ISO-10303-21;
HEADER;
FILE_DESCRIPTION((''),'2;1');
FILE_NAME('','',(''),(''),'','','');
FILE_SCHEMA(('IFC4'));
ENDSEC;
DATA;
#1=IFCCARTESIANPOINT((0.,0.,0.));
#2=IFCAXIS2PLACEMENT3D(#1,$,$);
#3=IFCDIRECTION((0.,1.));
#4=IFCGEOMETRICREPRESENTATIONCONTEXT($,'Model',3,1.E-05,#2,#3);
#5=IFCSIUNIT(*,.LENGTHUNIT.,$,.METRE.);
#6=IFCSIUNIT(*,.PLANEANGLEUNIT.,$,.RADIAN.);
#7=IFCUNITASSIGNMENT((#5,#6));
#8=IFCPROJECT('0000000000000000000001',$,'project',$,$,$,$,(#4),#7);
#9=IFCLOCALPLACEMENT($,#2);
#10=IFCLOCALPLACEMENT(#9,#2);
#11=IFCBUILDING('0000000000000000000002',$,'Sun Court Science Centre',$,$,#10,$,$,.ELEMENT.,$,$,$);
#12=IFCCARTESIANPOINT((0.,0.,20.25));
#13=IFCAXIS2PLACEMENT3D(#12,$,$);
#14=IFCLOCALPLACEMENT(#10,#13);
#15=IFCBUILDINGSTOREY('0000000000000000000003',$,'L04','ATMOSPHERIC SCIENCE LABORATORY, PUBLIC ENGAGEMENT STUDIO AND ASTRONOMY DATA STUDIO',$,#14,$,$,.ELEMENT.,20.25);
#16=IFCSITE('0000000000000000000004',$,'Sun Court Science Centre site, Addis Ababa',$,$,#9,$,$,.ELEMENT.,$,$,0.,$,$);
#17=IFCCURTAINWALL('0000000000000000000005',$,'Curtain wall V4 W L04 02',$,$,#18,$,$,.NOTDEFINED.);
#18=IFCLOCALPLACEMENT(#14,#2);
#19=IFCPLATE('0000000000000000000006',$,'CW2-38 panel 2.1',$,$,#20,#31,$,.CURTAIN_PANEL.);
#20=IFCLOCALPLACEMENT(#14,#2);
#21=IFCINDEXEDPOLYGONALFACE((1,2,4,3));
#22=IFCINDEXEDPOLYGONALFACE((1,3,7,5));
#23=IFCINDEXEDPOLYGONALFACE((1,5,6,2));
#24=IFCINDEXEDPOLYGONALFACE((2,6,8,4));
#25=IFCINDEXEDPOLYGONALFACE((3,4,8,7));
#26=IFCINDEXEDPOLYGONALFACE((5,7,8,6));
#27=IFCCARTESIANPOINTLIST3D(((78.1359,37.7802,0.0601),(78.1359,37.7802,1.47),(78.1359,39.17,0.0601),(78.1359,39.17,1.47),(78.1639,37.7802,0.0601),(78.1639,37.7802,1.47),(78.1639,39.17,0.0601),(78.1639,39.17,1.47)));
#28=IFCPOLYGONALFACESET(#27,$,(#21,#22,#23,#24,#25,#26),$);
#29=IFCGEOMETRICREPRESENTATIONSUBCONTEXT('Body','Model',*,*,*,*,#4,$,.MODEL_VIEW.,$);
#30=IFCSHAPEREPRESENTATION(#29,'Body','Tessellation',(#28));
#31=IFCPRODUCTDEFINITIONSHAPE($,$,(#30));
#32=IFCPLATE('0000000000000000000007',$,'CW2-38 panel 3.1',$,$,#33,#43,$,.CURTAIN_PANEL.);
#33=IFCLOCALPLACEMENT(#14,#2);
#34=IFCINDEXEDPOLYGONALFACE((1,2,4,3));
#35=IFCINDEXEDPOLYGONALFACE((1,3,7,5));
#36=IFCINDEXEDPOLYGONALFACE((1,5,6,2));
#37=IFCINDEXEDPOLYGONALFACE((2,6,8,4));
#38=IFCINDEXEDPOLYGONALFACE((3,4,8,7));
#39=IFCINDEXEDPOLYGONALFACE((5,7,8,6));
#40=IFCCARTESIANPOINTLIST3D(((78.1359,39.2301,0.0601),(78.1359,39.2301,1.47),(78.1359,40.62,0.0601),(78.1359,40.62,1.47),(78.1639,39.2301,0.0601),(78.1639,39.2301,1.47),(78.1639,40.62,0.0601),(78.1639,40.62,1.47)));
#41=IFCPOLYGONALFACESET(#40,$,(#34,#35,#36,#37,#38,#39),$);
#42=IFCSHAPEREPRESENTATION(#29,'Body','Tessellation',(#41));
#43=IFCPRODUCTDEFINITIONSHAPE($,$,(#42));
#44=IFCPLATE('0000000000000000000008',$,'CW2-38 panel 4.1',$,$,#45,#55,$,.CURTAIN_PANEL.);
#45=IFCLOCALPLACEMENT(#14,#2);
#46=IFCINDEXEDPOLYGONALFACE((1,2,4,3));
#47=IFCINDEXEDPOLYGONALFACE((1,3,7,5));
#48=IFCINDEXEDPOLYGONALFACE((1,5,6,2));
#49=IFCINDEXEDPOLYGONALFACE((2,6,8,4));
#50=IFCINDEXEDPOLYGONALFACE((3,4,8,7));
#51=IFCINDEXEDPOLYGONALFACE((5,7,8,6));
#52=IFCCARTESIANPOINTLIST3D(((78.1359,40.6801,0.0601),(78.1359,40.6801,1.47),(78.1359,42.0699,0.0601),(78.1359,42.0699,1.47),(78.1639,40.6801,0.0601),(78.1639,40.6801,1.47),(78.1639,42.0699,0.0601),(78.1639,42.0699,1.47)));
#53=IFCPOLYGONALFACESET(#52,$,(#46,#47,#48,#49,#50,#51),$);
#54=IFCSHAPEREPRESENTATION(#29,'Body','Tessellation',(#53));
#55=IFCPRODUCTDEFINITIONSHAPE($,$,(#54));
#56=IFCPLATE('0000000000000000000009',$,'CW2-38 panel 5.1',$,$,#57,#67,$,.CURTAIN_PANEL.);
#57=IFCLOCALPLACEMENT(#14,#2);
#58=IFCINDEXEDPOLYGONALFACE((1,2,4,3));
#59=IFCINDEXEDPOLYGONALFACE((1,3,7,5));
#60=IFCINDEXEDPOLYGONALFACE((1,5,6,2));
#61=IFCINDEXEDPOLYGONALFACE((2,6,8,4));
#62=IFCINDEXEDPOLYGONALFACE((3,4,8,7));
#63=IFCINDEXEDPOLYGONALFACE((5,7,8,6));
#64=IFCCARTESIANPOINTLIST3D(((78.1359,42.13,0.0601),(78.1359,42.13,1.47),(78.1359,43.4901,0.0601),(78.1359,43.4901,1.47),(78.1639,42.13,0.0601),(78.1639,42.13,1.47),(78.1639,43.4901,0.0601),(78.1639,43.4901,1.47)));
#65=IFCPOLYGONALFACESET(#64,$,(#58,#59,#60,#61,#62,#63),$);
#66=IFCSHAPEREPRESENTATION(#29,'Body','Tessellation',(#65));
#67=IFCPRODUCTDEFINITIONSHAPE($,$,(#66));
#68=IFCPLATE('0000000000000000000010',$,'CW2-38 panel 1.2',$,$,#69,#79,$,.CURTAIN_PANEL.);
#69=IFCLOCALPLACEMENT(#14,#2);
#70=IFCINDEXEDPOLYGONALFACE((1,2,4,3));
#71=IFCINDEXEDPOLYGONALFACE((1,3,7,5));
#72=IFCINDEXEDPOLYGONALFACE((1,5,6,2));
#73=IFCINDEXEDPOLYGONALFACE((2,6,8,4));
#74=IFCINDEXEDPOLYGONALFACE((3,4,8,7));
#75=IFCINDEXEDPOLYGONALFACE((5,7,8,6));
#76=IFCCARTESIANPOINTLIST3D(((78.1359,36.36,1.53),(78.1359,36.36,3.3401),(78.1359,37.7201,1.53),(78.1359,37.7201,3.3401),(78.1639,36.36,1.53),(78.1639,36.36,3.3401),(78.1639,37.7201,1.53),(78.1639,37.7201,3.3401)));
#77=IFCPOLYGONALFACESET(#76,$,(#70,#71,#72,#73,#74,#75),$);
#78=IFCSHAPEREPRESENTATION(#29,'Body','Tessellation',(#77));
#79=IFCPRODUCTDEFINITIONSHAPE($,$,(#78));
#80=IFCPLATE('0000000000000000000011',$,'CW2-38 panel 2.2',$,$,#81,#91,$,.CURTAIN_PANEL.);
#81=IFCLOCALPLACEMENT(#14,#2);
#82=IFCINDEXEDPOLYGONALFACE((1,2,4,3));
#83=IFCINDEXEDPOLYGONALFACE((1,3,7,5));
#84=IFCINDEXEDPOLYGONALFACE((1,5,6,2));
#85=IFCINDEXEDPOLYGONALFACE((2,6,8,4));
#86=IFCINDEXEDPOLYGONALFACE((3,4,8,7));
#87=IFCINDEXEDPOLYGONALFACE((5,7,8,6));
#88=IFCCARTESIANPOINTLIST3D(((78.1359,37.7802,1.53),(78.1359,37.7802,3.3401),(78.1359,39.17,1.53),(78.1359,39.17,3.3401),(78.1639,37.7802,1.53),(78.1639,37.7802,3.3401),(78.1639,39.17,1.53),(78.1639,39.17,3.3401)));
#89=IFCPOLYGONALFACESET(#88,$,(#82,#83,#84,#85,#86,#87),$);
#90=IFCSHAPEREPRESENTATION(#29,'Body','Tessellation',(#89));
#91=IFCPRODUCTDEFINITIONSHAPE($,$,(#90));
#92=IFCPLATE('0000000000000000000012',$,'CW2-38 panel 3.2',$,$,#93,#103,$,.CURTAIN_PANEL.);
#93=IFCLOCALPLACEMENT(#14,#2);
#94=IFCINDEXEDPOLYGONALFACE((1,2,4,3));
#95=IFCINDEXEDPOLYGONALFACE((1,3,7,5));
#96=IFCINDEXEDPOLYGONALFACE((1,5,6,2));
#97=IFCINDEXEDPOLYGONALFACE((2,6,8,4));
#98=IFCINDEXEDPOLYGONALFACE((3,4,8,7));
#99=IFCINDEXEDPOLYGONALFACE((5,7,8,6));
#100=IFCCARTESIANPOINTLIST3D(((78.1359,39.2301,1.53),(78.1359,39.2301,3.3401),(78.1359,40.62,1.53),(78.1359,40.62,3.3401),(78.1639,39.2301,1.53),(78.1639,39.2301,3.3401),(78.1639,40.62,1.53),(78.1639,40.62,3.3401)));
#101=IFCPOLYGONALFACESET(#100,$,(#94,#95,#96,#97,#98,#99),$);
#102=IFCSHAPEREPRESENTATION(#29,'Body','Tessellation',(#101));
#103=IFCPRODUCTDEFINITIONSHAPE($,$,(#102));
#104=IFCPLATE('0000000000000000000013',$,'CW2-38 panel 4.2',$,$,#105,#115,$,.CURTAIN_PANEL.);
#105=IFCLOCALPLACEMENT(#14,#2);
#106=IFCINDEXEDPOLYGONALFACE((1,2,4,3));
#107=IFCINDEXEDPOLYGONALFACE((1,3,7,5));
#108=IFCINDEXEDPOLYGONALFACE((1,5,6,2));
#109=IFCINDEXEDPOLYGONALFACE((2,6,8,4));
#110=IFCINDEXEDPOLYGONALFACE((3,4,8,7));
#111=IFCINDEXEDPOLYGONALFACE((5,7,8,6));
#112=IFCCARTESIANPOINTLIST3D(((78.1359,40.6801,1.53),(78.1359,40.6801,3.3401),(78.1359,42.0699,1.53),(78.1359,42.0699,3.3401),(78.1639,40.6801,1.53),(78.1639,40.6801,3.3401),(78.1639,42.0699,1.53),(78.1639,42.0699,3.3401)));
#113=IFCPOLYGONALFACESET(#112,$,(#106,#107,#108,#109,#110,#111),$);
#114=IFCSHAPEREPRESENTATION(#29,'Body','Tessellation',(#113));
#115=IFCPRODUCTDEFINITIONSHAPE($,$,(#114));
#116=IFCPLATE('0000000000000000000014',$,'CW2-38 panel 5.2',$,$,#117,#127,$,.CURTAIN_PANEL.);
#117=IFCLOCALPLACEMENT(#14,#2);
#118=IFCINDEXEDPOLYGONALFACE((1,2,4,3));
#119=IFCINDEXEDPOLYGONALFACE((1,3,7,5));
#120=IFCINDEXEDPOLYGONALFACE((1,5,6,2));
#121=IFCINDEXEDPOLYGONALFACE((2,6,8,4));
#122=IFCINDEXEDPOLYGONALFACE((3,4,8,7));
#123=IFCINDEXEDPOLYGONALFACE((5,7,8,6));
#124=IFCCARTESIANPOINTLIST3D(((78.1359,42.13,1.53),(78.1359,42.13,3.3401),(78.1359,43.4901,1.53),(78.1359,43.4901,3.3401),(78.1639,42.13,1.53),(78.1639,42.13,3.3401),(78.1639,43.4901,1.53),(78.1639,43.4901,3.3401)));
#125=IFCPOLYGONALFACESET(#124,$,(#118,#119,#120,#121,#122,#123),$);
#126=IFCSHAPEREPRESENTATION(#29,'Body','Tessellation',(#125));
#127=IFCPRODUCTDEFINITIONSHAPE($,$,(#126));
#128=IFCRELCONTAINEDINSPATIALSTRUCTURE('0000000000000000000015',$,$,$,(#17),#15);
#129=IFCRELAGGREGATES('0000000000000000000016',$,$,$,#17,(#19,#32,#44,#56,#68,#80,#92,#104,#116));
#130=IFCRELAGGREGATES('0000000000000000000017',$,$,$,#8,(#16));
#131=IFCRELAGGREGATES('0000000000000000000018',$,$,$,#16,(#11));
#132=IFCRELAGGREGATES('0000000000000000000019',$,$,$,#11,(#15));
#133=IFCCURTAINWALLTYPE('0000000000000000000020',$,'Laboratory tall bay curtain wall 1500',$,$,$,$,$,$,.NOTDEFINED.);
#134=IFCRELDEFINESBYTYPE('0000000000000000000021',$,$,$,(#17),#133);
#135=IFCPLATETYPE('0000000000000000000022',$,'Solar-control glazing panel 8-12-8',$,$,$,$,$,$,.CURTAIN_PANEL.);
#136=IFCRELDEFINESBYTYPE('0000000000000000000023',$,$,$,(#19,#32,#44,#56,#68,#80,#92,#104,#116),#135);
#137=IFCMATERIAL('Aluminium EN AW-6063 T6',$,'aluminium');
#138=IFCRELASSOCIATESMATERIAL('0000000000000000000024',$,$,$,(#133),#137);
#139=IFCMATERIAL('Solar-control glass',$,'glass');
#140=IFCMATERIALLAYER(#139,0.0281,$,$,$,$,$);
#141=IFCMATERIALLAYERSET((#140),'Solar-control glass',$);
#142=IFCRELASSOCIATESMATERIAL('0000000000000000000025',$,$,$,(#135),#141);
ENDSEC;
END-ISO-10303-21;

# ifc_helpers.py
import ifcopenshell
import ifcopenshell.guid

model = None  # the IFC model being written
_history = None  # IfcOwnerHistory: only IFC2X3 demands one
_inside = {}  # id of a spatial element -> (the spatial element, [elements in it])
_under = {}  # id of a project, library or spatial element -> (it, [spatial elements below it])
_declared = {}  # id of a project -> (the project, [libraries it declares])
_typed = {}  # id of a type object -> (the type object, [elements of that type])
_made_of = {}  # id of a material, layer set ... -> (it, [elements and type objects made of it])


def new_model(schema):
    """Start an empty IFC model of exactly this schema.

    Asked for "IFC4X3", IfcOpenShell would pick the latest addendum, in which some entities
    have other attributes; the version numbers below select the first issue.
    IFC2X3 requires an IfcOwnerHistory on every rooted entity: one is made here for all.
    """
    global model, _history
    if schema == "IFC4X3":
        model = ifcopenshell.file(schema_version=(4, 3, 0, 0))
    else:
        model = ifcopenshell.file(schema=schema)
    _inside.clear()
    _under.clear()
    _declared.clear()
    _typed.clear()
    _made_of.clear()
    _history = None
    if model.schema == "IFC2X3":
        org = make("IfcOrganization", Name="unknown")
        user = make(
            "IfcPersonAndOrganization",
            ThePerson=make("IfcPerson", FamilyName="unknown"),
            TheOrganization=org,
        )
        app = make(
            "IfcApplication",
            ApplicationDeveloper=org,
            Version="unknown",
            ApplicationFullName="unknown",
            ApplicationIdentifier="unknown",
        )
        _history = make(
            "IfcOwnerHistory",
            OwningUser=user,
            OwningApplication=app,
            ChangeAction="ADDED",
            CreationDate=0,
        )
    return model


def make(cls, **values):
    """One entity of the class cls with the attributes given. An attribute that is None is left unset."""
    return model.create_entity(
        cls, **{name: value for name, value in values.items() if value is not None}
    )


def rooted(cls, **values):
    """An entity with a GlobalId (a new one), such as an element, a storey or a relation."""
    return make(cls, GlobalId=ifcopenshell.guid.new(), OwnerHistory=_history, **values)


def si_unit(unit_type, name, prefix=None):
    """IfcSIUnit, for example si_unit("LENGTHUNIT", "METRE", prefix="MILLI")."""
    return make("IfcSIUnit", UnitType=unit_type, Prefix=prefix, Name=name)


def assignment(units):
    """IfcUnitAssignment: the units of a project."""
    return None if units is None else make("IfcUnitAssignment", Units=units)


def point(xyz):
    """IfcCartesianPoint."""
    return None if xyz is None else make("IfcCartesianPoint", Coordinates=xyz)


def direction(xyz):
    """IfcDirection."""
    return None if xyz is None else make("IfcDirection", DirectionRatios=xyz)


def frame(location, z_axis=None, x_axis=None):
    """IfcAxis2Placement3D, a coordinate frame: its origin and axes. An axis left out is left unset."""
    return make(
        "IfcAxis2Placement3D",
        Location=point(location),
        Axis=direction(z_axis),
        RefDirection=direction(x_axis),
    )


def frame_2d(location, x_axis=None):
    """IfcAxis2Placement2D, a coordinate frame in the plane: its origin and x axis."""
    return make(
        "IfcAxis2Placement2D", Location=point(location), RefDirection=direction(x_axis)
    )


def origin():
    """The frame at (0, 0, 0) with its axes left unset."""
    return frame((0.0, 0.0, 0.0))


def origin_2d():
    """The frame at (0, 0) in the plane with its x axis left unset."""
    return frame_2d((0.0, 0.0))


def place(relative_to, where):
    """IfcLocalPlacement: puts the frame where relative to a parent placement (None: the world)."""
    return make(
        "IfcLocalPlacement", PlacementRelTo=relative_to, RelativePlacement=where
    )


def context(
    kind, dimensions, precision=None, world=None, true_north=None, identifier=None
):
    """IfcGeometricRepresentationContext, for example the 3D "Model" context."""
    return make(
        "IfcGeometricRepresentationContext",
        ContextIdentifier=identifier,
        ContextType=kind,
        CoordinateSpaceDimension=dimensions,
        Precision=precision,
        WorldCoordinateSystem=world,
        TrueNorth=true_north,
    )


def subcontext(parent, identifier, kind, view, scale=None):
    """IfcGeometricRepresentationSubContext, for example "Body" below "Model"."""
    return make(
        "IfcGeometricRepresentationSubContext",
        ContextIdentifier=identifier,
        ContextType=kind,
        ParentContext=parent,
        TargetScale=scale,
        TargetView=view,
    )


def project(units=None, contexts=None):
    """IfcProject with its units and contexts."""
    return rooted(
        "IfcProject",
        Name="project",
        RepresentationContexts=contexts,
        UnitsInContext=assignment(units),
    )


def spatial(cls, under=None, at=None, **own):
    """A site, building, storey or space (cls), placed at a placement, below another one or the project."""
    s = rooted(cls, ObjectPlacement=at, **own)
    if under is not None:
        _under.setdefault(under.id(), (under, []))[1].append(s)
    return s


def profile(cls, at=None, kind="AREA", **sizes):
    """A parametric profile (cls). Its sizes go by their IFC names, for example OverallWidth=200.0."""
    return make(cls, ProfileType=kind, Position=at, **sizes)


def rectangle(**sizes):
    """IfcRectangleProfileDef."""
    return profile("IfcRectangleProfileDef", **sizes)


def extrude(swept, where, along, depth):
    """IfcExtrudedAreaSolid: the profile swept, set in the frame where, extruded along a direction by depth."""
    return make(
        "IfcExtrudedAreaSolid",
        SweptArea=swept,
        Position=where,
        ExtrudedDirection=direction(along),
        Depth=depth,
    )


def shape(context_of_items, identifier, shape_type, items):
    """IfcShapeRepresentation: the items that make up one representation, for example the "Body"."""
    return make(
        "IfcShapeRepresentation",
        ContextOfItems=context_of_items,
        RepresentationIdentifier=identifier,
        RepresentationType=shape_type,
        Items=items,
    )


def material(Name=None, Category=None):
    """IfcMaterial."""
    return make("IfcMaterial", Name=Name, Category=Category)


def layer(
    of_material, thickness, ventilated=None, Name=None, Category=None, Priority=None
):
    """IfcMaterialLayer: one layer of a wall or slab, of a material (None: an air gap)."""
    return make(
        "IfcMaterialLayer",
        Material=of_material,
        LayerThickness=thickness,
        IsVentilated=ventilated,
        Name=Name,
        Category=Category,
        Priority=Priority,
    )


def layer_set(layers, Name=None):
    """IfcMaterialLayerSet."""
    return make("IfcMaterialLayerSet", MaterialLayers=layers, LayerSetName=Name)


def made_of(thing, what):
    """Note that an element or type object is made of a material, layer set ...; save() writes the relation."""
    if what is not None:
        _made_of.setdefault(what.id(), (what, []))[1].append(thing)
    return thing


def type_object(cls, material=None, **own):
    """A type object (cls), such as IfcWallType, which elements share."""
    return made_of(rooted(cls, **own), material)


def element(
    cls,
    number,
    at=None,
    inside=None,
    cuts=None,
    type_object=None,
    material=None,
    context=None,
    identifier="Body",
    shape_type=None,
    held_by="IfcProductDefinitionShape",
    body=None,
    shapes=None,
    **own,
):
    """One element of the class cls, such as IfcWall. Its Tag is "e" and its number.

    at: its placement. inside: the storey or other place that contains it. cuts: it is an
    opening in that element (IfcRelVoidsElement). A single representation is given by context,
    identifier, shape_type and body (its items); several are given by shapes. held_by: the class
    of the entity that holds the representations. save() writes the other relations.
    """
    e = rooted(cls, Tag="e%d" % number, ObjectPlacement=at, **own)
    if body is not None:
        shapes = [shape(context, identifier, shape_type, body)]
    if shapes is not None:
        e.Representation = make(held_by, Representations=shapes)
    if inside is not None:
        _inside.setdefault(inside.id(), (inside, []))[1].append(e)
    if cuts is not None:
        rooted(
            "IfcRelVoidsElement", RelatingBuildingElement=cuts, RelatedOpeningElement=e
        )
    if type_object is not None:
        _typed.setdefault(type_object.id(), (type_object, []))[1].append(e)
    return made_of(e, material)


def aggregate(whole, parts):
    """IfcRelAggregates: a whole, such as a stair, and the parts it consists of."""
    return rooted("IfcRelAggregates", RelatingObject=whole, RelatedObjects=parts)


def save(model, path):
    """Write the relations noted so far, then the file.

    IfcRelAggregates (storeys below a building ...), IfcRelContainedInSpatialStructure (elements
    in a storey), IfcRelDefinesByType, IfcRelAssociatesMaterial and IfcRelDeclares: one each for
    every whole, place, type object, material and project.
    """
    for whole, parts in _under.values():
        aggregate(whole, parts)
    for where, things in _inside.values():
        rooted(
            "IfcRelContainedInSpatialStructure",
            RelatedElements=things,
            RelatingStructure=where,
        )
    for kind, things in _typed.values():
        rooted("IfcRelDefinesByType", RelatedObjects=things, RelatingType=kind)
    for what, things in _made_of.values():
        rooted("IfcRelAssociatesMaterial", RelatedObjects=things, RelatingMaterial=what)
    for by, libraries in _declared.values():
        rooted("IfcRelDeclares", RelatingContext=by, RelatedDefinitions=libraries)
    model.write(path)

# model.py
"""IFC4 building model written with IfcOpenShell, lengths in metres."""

from ifc_helpers import new_model, si_unit, direction, frame, origin, origin_2d, place, context, subcontext, project, spatial, rectangle, extrude, material, layer, layer_set, type_object, element, aggregate, save


model = new_model("IFC4")

# Units and contexts
model_context = context("Model", 3, precision=1e-05, world=origin(), true_north=direction((0.0, 1.0)))
body_context = subcontext(model_context, "Body", "Model", "MODEL_VIEW")
ifc_project = project(units=[si_unit("LENGTHUNIT", "METRE"), si_unit("PLANEANGLEUNIT", "RADIAN")], contexts=[model_context])

# Site, building, storey
site_placement = place(None, origin())
site = spatial("IfcSite", under=ifc_project, at=site_placement, Name="Sun Court Science Centre site, Addis Ababa", CompositionType="ELEMENT", RefElevation=0.0)
building_placement = place(site_placement, origin())
building = spatial("IfcBuilding", under=site, at=building_placement, Name="Sun Court Science Centre", CompositionType="ELEMENT")
storey_placement = place(building_placement, frame((0.0, 0.0, 20.25)))
storey = spatial("IfcBuildingStorey", under=building, at=storey_placement, Name="L04", Description="ATMOSPHERIC SCIENCE LABORATORY, PUBLIC ENGAGEMENT STUDIO AND ASTRONOMY DATA STUDIO", CompositionType="ELEMENT", Elevation=20.25)

# Shared definitions
ifc_material_1 = material(Name="Aluminium EN AW-6063 T6", Category="aluminium")
curtain_wall_type = type_object("IfcCurtainWallType", Name="Laboratory tall bay curtain wall 1500", PredefinedType="NOTDEFINED", material=ifc_material_1)

# Curtain wall
curtain_wall_1_placement = place(storey_placement, origin())
curtain_wall_1 = element("IfcCurtainWall", 1, at=curtain_wall_1_placement, inside=storey, type_object=curtain_wall_type, Name="Curtain wall V4 W L04 02", PredefinedType="NOTDEFINED")

# Plates
ifc_material_2 = material(Name="Solar-control glass", Category="glass")
ifc_layer = layer(ifc_material_2, 0.0281)
ifc_layer_set = layer_set([ifc_layer], Name="Solar-control glass")
plate_type = type_object("IfcPlateType", Name="Solar-control glazing panel 8-12-8", PredefinedType="CURTAIN_PANEL", material=ifc_layer_set)
plate_1_placement = place(storey_placement, frame((78.1499, 38.4751, 0.0601), z_axis=(0.0, 0.0, 1.0), x_axis=(0.0, 1.0, 0.0)))
plate_1 = element("IfcPlate", 2, at=plate_1_placement, type_object=plate_type, Name="CW2-38 panel 2.1", PredefinedType="CURTAIN_PANEL", context=body_context, shape_type="SweptSolid", body=[
    extrude(rectangle(XDim=1.3899, YDim=0.0281, at=origin_2d()), origin(), (0.0, 0.0, 1.0), 1.4099),
])
plate_2_placement = place(storey_placement, frame((78.1499, 39.925, 0.0601), z_axis=(0.0, 0.0, 1.0), x_axis=(0.0, 1.0, 0.0)))
plate_2 = element("IfcPlate", 3, at=plate_2_placement, type_object=plate_type, Name="CW2-38 panel 3.1", PredefinedType="CURTAIN_PANEL", context=body_context, shape_type="SweptSolid", body=[
    extrude(rectangle(XDim=1.3899, YDim=0.0281, at=origin_2d()), origin(), (0.0, 0.0, 1.0), 1.4099),
])
plate_3_placement = place(storey_placement, frame((78.1499, 41.375, 0.0601), z_axis=(0.0, 0.0, 1.0), x_axis=(0.0, 1.0, 0.0)))
plate_3 = element("IfcPlate", 4, at=plate_3_placement, type_object=plate_type, Name="CW2-38 panel 4.1", PredefinedType="CURTAIN_PANEL", context=body_context, shape_type="SweptSolid", body=[
    extrude(rectangle(XDim=1.3899, YDim=0.0281, at=origin_2d()), origin(), (0.0, 0.0, 1.0), 1.4099),
])
plate_4_placement = place(storey_placement, frame((78.1499, 42.8101, 0.0601), z_axis=(0.0, 0.0, 1.0), x_axis=(0.0, 1.0, 0.0)))
plate_4 = element("IfcPlate", 5, at=plate_4_placement, type_object=plate_type, Name="CW2-38 panel 5.1", PredefinedType="CURTAIN_PANEL", context=body_context, shape_type="SweptSolid", body=[
    extrude(rectangle(XDim=1.3601, YDim=0.0281, at=origin_2d()), origin(), (0.0, 0.0, 1.0), 1.4099),
])
plate_5_placement = place(storey_placement, frame((78.1499, 37.04, 1.53), z_axis=(0.0, 0.0, 1.0), x_axis=(0.0, 1.0, 0.0)))
plate_5 = element("IfcPlate", 6, at=plate_5_placement, type_object=plate_type, Name="CW2-38 panel 1.2", PredefinedType="CURTAIN_PANEL", context=body_context, shape_type="SweptSolid", body=[
    extrude(rectangle(XDim=1.3601, YDim=0.0281, at=origin_2d()), origin(), (0.0, 0.0, 1.0), 1.8101),
])
plate_6_placement = place(storey_placement, frame((78.1499, 38.4751, 1.53), z_axis=(0.0, 0.0, 1.0), x_axis=(0.0, 1.0, 0.0)))
plate_6 = element("IfcPlate", 7, at=plate_6_placement, type_object=plate_type, Name="CW2-38 panel 2.2", PredefinedType="CURTAIN_PANEL", context=body_context, shape_type="SweptSolid", body=[
    extrude(rectangle(XDim=1.3899, YDim=0.0281, at=origin_2d()), origin(), (0.0, 0.0, 1.0), 1.8101),
])
plate_7_placement = place(storey_placement, frame((78.1499, 39.925, 1.53), z_axis=(0.0, 0.0, 1.0), x_axis=(0.0, 1.0, 0.0)))
plate_7 = element("IfcPlate", 8, at=plate_7_placement, type_object=plate_type, Name="CW2-38 panel 3.2", PredefinedType="CURTAIN_PANEL", context=body_context, shape_type="SweptSolid", body=[
    extrude(rectangle(XDim=1.3899, YDim=0.0281, at=origin_2d()), origin(), (0.0, 0.0, 1.0), 1.8101),
])
plate_8_placement = place(storey_placement, frame((78.1499, 41.375, 1.53), z_axis=(0.0, 0.0, 1.0), x_axis=(0.0, 1.0, 0.0)))
plate_8 = element("IfcPlate", 9, at=plate_8_placement, type_object=plate_type, Name="CW2-38 panel 4.2", PredefinedType="CURTAIN_PANEL", context=body_context, shape_type="SweptSolid", body=[
    extrude(rectangle(XDim=1.3899, YDim=0.0281, at=origin_2d()), origin(), (0.0, 0.0, 1.0), 1.8101),
])
plate_9_placement = place(storey_placement, frame((78.1499, 42.8101, 1.53), z_axis=(0.0, 0.0, 1.0), x_axis=(0.0, 1.0, 0.0)))
plate_9 = element("IfcPlate", 10, at=plate_9_placement, type_object=plate_type, Name="CW2-38 panel 5.2", PredefinedType="CURTAIN_PANEL", context=body_context, shape_type="SweptSolid", body=[
    extrude(rectangle(XDim=1.3601, YDim=0.0281, at=origin_2d()), origin(), (0.0, 0.0, 1.0), 1.8101),
])
aggregate(curtain_wall_1, [plate_1, plate_2, plate_3, plate_4, plate_5, plate_6, plate_7, plate_8, plate_9])

save(model, "model.ifc")
